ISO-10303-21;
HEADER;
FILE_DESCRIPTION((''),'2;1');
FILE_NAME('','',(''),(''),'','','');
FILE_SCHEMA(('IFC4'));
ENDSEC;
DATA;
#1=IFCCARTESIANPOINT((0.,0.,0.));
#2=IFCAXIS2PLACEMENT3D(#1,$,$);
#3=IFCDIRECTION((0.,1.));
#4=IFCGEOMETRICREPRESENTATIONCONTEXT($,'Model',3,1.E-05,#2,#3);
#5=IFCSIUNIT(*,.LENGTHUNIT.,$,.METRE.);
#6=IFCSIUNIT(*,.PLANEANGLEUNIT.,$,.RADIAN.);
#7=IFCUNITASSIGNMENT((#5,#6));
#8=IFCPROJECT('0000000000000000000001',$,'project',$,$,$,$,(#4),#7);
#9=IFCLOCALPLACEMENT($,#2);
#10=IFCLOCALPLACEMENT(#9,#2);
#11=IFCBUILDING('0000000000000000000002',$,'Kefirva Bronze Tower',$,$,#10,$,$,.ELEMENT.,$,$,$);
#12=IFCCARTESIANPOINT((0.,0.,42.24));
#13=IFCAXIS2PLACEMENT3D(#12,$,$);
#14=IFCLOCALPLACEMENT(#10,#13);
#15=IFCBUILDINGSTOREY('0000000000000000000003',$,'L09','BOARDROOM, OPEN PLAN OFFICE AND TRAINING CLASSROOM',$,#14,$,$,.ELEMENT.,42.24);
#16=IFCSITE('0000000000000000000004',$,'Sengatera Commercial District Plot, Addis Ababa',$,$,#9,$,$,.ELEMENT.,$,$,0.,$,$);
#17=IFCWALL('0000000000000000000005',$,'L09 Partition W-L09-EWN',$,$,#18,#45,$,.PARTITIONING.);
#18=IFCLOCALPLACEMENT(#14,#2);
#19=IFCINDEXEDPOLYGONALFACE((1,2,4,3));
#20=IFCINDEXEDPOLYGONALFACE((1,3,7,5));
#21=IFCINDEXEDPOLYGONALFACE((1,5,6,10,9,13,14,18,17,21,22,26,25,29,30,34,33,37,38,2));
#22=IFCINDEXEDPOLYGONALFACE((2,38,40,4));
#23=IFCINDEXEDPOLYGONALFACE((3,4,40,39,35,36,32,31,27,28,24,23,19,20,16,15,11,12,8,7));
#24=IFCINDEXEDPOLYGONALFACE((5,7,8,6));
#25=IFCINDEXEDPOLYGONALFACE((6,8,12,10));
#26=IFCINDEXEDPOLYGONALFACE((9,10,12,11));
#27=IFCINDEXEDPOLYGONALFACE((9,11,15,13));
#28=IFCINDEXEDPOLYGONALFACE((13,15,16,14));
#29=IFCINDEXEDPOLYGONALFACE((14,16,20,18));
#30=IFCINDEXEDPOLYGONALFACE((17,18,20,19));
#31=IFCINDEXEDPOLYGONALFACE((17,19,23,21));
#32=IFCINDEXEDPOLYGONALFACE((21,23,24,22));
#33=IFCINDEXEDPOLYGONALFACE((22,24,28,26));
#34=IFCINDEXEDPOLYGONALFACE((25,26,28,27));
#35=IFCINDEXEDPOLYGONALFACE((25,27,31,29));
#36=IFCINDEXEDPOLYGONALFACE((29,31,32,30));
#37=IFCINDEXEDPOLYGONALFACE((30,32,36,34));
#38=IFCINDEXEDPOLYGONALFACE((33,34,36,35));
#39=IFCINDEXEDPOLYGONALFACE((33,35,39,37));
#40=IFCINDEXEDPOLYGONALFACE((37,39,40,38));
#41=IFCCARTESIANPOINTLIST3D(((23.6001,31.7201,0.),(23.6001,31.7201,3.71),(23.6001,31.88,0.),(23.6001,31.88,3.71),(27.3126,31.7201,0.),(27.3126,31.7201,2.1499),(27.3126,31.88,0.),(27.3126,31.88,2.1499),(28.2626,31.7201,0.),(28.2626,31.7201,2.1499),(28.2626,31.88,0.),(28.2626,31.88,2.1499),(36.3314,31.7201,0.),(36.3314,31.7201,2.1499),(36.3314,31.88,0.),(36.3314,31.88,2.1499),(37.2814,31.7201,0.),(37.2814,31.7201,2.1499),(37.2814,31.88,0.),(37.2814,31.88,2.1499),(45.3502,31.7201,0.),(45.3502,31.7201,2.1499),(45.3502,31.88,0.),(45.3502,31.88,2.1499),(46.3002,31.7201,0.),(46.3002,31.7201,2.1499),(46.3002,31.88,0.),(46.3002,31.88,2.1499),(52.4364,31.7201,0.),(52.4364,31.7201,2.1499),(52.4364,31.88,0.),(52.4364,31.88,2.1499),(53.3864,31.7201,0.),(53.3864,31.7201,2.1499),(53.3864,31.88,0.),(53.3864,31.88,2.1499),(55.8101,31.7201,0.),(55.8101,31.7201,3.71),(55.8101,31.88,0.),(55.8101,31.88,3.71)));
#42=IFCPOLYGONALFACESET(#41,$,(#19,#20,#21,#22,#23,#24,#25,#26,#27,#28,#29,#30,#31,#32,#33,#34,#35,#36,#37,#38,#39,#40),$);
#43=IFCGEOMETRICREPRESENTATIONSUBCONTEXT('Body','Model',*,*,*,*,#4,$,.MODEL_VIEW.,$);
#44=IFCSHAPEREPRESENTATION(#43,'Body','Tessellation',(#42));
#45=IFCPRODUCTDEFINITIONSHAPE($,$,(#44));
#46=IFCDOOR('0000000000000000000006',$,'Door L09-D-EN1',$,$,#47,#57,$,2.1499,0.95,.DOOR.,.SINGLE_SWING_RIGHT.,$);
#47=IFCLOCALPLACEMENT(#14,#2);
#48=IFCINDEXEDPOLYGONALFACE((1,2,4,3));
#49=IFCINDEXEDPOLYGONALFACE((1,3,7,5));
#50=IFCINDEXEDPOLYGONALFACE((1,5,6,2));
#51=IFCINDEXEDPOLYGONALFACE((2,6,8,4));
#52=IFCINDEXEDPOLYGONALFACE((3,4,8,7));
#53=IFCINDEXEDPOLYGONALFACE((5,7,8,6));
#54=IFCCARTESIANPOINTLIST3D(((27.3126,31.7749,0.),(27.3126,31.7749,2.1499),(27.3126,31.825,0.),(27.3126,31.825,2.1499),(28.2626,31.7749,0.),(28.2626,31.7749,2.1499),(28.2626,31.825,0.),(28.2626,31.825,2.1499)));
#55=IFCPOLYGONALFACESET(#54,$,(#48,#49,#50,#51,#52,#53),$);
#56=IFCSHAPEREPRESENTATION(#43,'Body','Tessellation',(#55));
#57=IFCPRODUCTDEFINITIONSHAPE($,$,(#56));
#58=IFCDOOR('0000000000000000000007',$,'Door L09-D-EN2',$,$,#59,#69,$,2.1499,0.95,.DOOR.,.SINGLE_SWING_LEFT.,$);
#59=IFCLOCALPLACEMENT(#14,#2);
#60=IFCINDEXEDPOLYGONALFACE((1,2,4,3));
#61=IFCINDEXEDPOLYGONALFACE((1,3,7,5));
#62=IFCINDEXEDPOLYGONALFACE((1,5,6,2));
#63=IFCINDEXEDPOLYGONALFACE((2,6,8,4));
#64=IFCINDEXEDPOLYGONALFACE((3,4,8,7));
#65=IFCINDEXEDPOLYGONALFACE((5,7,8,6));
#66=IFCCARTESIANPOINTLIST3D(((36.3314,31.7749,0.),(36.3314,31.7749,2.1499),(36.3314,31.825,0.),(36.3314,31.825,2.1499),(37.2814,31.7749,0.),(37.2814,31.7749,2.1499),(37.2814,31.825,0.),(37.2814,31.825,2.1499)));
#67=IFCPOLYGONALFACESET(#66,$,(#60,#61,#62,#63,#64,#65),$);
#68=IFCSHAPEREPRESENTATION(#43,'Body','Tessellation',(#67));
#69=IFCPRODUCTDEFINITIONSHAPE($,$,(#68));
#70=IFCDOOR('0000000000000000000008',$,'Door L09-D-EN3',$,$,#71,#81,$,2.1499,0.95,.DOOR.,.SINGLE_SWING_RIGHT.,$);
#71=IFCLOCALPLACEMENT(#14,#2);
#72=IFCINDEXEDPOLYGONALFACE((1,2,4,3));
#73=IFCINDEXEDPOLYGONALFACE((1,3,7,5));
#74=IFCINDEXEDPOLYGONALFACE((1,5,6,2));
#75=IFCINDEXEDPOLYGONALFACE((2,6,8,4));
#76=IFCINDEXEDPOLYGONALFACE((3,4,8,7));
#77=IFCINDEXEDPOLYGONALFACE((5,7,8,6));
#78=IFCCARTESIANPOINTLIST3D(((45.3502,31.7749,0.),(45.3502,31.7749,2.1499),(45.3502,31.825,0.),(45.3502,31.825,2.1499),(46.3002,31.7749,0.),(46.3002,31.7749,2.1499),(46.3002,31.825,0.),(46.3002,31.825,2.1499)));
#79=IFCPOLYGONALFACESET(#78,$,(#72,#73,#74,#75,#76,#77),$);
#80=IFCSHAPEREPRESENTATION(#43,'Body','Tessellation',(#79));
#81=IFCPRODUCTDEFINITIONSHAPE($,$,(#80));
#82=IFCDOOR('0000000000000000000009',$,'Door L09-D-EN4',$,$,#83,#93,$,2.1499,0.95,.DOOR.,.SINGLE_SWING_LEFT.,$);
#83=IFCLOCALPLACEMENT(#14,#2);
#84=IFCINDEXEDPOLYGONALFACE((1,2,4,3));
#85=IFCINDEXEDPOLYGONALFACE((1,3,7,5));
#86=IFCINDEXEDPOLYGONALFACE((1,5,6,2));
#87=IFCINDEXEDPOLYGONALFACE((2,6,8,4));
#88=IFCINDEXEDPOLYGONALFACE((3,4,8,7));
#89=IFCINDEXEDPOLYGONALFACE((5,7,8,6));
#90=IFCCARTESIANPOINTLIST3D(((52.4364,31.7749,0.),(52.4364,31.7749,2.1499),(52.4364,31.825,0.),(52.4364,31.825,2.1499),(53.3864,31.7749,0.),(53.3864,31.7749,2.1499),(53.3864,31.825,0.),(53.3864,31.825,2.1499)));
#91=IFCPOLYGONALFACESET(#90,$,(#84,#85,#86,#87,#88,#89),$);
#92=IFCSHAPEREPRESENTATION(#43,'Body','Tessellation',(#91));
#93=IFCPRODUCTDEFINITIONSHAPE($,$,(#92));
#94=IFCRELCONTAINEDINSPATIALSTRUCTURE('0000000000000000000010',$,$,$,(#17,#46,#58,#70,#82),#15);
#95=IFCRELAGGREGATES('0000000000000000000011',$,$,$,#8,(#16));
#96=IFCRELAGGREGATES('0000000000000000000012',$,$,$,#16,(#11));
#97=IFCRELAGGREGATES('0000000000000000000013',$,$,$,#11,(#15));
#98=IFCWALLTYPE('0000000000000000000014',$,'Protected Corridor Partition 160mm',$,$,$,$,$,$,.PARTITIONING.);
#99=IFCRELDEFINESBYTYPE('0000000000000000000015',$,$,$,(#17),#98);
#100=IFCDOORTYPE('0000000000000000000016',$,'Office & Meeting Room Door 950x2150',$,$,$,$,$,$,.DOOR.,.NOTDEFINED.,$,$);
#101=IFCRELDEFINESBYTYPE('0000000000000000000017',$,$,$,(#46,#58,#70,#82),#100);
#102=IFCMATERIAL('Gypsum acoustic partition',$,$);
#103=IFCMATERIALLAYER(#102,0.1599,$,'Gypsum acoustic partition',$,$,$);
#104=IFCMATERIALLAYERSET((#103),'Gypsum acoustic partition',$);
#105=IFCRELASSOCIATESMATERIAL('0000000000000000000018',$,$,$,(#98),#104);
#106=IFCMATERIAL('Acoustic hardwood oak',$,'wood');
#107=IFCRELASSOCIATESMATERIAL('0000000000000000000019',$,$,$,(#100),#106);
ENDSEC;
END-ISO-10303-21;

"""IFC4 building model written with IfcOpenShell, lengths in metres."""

from ifc_helpers import new_model, si_unit, direction, frame, frame_2d, origin, place, context, subcontext, project, spatial, rectangle, extrude, material, layer, layer_set, type_object, element, fill, save


model = new_model("IFC4")

# Units and contexts
model_context = context("Model", 3, precision=1e-05, world=origin(), true_north=direction((0.0, 1.0)))
body_context = subcontext(model_context, "Body", "Model", "MODEL_VIEW")
ifc_project = project(units=[si_unit("LENGTHUNIT", "METRE"), si_unit("PLANEANGLEUNIT", "RADIAN")], contexts=[model_context])

# Site, building, storey
site_placement = place(None, origin())
site = spatial("IfcSite", under=ifc_project, at=site_placement, Name="Sengatera Commercial District Plot, Addis Ababa", CompositionType="ELEMENT", RefElevation=0.0)
building_placement = place(site_placement, origin())
building = spatial("IfcBuilding", under=site, at=building_placement, Name="Kefirva Bronze Tower", CompositionType="ELEMENT")
storey_placement = place(building_placement, frame((0.0, 0.0, 42.24)))
storey = spatial("IfcBuildingStorey", under=building, at=storey_placement, Name="L09", Description="BOARDROOM, OPEN PLAN OFFICE AND TRAINING CLASSROOM", CompositionType="ELEMENT", Elevation=42.24)

# Shared definitions
ifc_material_1 = material(Name="Gypsum acoustic partition")

# Wall, openings, doors
ifc_layer_1 = layer(ifc_material_1, 0.1599, Name="Gypsum acoustic partition")
ifc_layer_set_1 = layer_set([ifc_layer_1], Name="Gypsum acoustic partition")
wall_type_1 = type_object("IfcWallType", Name="Protected Corridor Partition 160mm", PredefinedType="PARTITIONING", material=ifc_layer_set_1)
ifc_material_2 = material(Name="Acoustic hardwood oak", Category="wood")
door_type = type_object("IfcDoorType", Name="Office & Meeting Room Door 950x2150", OperationType="NOTDEFINED", PredefinedType="DOOR", material=ifc_material_2)
wall_1_placement = place(storey_placement, frame((23.6001, 31.8, 0.0), z_axis=(0.0, 0.0, 1.0), x_axis=(1.0, 0.0, 0.0)))
wall_1 = element("IfcWall", 1, at=wall_1_placement, inside=storey, type_object=wall_type_1, Name="L09 Partition W-L09-EWN", PredefinedType="PARTITIONING", context=body_context, shape_type="SweptSolid", body=[
    extrude(rectangle(XDim=32.21, YDim=0.1599, at=frame_2d((16.105, 0.0))), origin(), (0.0, 0.0, 1.0), 3.71),
])
opening_1_placement = place(wall_1_placement, frame((3.7124, 0.0, 0.0)))
opening_1 = element("IfcOpeningElement", 2, at=opening_1_placement, cuts=wall_1, PredefinedType="OPENING", context=body_context, shape_type="SweptSolid", body=[
    extrude(rectangle(XDim=0.95, YDim=2.1499, at=frame_2d((0.4751, 1.075))), frame((0.0, 0.0898, 0.0), z_axis=(0.0, -1.0, 0.0), x_axis=(1.0, 0.0, 0.0)), (0.0, 0.0, 1.0), 0.1799),
])
opening_2_placement = place(wall_1_placement, frame((12.7312, 0.0, 0.0)))
opening_2 = element("IfcOpeningElement", 3, at=opening_2_placement, cuts=wall_1, PredefinedType="OPENING", context=body_context, shape_type="SweptSolid", body=[
    extrude(rectangle(XDim=0.95, YDim=2.1499, at=frame_2d((0.4751, 1.075))), frame((0.0, 0.0898, 0.0), z_axis=(0.0, -1.0, 0.0), x_axis=(1.0, 0.0, 0.0)), (0.0, 0.0, 1.0), 0.1799),
])
opening_3_placement = place(wall_1_placement, frame((21.75, 0.0, 0.0)))
opening_3 = element("IfcOpeningElement", 4, at=opening_3_placement, cuts=wall_1, PredefinedType="OPENING", context=body_context, shape_type="SweptSolid", body=[
    extrude(rectangle(XDim=0.95, YDim=2.1499, at=frame_2d((0.4751, 1.075))), frame((0.0, 0.0898, 0.0), z_axis=(0.0, -1.0, 0.0), x_axis=(1.0, 0.0, 0.0)), (0.0, 0.0, 1.0), 0.1799),
])
opening_4_placement = place(wall_1_placement, frame((28.8362, 0.0, 0.0)))
opening_4 = element("IfcOpeningElement", 5, at=opening_4_placement, cuts=wall_1, PredefinedType="OPENING", context=body_context, shape_type="SweptSolid", body=[
    extrude(rectangle(XDim=0.95, YDim=2.1499, at=frame_2d((0.4751, 1.075))), frame((0.0, 0.0898, 0.0), z_axis=(0.0, -1.0, 0.0), x_axis=(1.0, 0.0, 0.0)), (0.0, 0.0, 1.0), 0.1799),
])
door_1_placement = place(opening_1_placement, origin())
door_1 = element("IfcDoor", 6, at=door_1_placement, inside=storey, type_object=door_type, Name="Door L09-D-EN1", OperationType="SINGLE_SWING_RIGHT", OverallHeight=2.1499, OverallWidth=0.95, PredefinedType="DOOR", context=body_context, shape_type="SweptSolid", body=[
    extrude(rectangle(XDim=0.95, YDim=2.1499, at=frame_2d((0.4751, 1.075))), frame((0.0, 0.0249, 0.0), z_axis=(0.0, -1.0, 0.0), x_axis=(1.0, 0.0, 0.0)), (0.0, 0.0, 1.0), 0.05),
])
fill(opening_1, door_1)
door_2_placement = place(opening_2_placement, origin())
door_2 = element("IfcDoor", 7, at=door_2_placement, inside=storey, type_object=door_type, Name="Door L09-D-EN2", OperationType="SINGLE_SWING_LEFT", OverallHeight=2.1499, OverallWidth=0.95, PredefinedType="DOOR", context=body_context, shape_type="SweptSolid", body=[
    extrude(rectangle(XDim=0.95, YDim=2.1499, at=frame_2d((0.4751, 1.075))), frame((0.0, 0.0249, 0.0), z_axis=(0.0, -1.0, 0.0), x_axis=(1.0, 0.0, 0.0)), (0.0, 0.0, 1.0), 0.05),
])
fill(opening_2, door_2)
door_3_placement = place(opening_3_placement, origin())
door_3 = element("IfcDoor", 8, at=door_3_placement, inside=storey, type_object=door_type, Name="Door L09-D-EN3", OperationType="SINGLE_SWING_RIGHT", OverallHeight=2.1499, OverallWidth=0.95, PredefinedType="DOOR", context=body_context, shape_type="SweptSolid", body=[
    extrude(rectangle(XDim=0.95, YDim=2.1499, at=frame_2d((0.4751, 1.075))), frame((0.0, 0.0249, 0.0), z_axis=(0.0, -1.0, 0.0), x_axis=(1.0, 0.0, 0.0)), (0.0, 0.0, 1.0), 0.05),
])
fill(opening_3, door_3)
door_4_placement = place(opening_4_placement, origin())
door_4 = element("IfcDoor", 9, at=door_4_placement, inside=storey, type_object=door_type, Name="Door L09-D-EN4", OperationType="SINGLE_SWING_LEFT", OverallHeight=2.1499, OverallWidth=0.95, PredefinedType="DOOR", context=body_context, shape_type="SweptSolid", body=[
    extrude(rectangle(XDim=0.95, YDim=2.1499, at=frame_2d((0.4751, 1.075))), frame((0.0, 0.0249, 0.0), z_axis=(0.0, -1.0, 0.0), x_axis=(1.0, 0.0, 0.0)), (0.0, 0.0, 1.0), 0.05),
])
fill(opening_4, door_4)

save(model, "model.ifc")
